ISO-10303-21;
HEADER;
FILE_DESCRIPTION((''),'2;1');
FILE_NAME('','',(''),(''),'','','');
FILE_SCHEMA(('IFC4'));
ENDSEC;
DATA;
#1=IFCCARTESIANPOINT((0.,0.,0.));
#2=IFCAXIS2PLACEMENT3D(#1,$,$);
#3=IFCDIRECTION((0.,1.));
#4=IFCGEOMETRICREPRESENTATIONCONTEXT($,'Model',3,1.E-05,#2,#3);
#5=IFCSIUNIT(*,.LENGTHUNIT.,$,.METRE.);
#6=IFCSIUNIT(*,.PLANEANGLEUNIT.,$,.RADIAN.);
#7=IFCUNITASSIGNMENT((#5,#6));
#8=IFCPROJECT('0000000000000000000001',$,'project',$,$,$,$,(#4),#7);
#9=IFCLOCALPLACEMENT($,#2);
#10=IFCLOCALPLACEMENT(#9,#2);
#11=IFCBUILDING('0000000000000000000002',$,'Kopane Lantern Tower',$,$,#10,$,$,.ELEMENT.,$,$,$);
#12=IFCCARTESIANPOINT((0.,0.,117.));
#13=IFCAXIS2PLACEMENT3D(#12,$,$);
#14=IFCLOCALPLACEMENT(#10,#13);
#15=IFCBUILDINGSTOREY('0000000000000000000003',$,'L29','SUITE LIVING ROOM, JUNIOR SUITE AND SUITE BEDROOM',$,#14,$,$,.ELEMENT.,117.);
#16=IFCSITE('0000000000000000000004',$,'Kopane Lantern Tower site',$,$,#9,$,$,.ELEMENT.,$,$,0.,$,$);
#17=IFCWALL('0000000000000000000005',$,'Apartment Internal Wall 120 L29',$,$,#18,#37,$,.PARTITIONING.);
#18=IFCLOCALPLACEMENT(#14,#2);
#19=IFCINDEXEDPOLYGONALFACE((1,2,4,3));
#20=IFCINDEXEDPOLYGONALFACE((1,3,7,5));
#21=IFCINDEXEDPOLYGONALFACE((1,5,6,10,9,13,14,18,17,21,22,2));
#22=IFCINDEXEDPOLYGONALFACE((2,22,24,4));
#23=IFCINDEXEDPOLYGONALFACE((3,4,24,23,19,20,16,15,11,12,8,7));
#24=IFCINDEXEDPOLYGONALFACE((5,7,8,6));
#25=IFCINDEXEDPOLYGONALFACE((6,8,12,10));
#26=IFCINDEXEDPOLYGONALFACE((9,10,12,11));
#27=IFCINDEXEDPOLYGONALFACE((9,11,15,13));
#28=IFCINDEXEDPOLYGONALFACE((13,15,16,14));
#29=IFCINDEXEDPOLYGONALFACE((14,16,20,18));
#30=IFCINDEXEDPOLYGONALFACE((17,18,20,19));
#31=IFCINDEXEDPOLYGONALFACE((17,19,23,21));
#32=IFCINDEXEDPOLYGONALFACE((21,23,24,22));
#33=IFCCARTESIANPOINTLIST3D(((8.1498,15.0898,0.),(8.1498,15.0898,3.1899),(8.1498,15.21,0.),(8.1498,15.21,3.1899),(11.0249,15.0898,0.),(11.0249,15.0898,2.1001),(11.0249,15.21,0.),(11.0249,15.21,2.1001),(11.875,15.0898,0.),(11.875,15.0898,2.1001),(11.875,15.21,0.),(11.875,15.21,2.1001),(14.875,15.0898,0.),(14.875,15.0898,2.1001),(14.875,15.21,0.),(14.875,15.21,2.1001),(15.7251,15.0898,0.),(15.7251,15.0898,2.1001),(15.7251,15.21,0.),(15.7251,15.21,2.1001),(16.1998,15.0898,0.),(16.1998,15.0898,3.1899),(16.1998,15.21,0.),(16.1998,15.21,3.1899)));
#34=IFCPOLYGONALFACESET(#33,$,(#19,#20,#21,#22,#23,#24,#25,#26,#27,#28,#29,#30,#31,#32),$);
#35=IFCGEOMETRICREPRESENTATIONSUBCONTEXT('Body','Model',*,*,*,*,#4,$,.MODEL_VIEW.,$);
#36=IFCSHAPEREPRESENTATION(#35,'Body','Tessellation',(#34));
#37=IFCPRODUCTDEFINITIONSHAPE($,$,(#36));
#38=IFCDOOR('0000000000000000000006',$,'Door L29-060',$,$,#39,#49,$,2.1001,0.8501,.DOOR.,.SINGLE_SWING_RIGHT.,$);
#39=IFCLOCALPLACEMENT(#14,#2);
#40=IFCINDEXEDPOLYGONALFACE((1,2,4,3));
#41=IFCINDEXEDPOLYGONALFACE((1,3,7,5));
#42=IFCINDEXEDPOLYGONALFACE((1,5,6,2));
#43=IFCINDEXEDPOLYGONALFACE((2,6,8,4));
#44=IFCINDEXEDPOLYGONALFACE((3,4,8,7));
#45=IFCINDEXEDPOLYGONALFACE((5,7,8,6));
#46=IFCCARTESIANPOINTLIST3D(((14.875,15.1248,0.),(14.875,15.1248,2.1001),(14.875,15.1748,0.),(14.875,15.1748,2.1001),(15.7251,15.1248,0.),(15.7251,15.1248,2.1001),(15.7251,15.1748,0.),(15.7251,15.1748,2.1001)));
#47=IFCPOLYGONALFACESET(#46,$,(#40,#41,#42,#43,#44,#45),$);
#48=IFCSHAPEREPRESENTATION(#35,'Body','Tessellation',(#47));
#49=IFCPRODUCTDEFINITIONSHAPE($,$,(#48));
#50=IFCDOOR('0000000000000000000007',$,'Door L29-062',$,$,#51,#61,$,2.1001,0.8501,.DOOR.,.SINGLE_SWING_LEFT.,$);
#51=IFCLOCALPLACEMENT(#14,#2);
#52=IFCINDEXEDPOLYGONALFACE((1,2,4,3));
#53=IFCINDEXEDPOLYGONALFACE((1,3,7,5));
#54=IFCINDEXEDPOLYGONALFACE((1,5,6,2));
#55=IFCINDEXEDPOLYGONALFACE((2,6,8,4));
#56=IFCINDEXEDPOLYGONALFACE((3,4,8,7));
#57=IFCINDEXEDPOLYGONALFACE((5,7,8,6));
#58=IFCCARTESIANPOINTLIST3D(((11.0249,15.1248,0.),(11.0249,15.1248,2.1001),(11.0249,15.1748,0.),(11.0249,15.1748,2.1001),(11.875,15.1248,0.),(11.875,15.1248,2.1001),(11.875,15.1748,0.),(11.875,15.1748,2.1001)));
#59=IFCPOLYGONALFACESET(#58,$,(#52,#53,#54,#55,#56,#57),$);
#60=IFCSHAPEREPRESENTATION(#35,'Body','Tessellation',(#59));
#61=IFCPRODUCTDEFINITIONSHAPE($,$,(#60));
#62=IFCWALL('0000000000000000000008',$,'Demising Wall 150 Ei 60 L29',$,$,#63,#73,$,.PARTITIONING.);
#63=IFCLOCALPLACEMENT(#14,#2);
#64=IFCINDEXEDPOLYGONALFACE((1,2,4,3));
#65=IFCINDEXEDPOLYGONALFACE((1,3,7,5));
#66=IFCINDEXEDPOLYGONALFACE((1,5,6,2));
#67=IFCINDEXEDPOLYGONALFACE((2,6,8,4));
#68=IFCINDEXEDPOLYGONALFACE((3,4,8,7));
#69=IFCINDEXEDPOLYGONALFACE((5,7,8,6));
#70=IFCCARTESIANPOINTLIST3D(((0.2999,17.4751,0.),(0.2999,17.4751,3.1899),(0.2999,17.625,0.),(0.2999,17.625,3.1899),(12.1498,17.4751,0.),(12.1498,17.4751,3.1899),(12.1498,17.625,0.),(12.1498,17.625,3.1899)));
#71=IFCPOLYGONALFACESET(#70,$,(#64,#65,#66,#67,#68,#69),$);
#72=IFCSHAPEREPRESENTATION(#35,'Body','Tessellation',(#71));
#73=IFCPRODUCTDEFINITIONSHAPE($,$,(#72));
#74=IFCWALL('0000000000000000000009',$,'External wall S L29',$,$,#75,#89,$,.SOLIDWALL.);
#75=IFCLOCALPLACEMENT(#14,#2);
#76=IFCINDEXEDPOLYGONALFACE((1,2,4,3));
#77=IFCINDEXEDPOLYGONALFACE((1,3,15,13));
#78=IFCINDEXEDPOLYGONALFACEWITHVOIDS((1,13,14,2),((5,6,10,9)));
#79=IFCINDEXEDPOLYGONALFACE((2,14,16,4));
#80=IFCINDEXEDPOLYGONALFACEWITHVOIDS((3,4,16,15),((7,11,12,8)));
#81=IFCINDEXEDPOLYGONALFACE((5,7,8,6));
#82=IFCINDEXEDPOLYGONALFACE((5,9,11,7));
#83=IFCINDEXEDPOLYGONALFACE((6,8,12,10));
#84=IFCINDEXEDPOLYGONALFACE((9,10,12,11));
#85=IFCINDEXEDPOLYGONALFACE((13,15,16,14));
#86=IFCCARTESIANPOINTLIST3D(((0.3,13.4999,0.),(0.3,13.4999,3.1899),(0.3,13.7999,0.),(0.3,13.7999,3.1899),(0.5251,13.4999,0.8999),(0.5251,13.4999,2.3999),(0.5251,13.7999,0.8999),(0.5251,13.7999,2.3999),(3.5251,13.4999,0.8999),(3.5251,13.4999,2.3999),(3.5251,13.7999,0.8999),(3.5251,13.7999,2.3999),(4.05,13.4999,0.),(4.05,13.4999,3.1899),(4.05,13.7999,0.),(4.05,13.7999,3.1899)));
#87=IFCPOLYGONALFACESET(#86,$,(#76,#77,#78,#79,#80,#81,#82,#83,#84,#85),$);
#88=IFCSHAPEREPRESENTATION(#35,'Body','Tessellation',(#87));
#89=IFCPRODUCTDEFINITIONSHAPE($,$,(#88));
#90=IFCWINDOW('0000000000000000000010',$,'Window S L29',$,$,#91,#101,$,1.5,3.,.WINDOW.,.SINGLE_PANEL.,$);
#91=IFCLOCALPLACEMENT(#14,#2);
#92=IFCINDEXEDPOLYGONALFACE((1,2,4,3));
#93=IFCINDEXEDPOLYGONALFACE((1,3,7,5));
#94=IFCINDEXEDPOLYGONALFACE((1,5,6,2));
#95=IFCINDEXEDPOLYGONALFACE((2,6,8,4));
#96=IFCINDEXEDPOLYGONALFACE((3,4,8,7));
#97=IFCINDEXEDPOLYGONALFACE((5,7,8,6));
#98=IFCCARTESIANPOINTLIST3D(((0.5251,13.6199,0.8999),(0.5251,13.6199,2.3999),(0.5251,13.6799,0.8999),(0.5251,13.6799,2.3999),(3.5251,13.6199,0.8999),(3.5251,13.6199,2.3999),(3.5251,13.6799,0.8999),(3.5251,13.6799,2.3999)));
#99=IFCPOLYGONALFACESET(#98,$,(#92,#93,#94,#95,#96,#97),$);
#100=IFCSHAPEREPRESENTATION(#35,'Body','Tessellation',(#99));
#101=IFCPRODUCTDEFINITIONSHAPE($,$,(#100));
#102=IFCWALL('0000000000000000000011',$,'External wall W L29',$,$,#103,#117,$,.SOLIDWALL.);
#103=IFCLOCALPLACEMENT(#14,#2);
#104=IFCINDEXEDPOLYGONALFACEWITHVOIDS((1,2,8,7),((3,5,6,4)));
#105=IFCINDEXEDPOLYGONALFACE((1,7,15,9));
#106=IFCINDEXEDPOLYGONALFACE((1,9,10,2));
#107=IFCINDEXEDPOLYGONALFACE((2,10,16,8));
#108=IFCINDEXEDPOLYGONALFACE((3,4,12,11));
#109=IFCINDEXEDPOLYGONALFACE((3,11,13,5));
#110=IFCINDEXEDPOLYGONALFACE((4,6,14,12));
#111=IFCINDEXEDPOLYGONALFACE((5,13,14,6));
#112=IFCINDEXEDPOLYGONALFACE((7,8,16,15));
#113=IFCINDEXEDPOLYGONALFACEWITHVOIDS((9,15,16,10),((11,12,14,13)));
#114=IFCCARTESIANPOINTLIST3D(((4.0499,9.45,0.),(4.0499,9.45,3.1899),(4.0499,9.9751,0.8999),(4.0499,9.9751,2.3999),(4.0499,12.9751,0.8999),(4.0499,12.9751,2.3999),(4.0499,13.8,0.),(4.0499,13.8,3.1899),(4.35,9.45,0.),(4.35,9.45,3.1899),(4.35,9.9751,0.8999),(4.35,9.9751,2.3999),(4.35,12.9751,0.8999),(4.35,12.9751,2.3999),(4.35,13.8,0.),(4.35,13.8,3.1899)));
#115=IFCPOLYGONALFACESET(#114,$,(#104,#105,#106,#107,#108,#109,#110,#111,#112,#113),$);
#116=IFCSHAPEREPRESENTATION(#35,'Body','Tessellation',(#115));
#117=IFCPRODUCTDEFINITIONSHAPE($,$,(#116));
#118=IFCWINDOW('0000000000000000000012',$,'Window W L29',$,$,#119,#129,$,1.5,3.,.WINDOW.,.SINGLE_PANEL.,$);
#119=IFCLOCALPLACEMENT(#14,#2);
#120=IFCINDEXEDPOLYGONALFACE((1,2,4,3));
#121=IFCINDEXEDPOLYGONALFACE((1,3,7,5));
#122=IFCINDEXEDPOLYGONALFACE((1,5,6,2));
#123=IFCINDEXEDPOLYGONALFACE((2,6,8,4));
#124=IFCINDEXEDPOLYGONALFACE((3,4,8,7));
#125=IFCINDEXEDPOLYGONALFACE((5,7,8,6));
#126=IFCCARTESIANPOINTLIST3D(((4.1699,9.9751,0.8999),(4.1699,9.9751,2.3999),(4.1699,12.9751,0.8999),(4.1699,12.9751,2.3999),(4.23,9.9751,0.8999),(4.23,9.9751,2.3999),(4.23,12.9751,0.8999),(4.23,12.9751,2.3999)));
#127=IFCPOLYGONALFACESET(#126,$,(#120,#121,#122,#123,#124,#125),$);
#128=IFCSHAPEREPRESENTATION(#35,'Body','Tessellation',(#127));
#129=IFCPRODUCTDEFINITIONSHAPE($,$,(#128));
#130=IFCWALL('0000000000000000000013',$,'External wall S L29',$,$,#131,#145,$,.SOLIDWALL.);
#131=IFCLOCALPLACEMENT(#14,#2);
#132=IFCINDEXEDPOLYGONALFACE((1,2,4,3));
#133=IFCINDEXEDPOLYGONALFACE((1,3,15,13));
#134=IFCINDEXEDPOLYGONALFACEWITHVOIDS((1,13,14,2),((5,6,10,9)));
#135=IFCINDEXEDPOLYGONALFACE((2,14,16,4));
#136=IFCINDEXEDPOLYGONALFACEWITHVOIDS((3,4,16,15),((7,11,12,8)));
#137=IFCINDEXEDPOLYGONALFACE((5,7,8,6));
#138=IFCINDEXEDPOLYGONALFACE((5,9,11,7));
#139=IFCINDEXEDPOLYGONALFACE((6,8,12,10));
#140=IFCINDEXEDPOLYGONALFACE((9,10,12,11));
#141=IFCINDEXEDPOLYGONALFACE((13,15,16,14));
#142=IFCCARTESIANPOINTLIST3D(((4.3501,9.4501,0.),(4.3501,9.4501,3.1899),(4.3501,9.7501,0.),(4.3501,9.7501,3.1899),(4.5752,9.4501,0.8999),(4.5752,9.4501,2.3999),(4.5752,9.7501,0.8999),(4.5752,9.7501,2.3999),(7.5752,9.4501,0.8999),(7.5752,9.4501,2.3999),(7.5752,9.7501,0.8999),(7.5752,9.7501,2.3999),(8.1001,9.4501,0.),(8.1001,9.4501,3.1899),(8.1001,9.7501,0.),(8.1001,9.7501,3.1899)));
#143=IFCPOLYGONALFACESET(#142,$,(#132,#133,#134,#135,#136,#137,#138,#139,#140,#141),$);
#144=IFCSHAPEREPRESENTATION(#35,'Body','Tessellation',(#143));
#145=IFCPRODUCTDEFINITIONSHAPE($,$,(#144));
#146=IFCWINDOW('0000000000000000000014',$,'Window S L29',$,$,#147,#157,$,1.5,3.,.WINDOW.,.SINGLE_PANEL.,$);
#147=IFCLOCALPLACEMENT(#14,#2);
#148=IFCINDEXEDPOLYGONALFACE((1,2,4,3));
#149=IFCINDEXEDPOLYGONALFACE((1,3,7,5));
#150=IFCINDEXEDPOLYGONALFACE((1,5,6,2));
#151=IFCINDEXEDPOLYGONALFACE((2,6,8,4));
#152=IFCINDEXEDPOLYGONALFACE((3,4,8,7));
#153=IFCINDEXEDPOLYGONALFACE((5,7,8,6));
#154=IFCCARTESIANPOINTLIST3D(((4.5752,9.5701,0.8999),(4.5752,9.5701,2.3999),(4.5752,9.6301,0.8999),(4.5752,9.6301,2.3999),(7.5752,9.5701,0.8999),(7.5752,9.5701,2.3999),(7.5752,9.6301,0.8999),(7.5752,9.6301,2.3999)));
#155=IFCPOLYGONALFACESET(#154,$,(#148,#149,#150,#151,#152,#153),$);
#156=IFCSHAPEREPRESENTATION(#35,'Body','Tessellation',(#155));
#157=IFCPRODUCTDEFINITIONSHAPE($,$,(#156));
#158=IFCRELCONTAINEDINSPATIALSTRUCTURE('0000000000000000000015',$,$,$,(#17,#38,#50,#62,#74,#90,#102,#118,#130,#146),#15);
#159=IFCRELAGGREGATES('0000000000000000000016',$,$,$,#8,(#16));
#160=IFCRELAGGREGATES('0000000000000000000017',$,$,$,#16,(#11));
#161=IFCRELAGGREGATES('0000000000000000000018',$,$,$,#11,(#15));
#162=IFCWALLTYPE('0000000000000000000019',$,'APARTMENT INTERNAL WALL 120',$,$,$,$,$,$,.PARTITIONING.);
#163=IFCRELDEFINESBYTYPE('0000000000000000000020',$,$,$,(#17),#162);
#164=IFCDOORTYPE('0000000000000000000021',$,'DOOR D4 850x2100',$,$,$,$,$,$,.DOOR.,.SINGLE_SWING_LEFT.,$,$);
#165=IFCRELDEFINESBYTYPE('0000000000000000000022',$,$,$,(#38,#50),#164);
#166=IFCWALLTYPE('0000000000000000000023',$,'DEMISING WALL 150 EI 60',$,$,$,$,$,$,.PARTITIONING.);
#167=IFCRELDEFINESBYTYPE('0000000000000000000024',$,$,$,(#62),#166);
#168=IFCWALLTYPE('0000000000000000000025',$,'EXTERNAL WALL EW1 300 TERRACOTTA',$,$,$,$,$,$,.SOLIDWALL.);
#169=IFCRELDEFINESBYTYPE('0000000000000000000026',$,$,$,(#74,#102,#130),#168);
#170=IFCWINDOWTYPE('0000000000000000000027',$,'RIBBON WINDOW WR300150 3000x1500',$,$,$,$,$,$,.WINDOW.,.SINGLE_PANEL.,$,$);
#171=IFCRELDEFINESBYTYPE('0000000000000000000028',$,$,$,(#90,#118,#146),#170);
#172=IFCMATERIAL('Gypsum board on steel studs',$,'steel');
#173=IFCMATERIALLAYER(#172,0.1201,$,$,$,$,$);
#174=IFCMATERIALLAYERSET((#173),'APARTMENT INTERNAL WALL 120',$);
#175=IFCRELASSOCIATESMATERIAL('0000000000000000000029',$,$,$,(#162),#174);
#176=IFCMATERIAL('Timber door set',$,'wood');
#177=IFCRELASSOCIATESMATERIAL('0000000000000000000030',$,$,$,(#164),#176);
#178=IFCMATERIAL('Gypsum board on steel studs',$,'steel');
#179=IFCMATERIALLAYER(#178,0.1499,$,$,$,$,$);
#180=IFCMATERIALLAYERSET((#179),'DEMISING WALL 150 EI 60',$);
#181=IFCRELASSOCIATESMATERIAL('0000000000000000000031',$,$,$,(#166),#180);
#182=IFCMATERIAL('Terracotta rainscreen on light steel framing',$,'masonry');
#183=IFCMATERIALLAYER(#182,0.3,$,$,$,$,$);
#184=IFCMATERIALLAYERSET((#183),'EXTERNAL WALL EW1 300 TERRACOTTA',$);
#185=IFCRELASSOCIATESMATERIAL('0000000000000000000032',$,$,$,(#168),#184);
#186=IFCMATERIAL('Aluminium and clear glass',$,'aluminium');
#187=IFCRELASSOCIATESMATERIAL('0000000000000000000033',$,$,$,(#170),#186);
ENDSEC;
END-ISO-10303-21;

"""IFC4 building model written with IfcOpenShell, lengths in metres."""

from ifc_helpers import new_model, si_unit, direction, frame, frame_2d, origin, place, context, subcontext, project, spatial, rectangle, extrude, material, layer, layer_set, type_object, element, fill, save


model = new_model("IFC4")

# Units and contexts
model_context = context("Model", 3, precision=1e-05, world=origin(), true_north=direction((0.0, 1.0)))
body_context = subcontext(model_context, "Body", "Model", "MODEL_VIEW")
ifc_project = project(units=[si_unit("LENGTHUNIT", "METRE"), si_unit("PLANEANGLEUNIT", "RADIAN")], contexts=[model_context])

# Site, building, storey
site_placement = place(None, origin())
site = spatial("IfcSite", under=ifc_project, at=site_placement, Name="Kopane Lantern Tower site", CompositionType="ELEMENT", RefElevation=0.0)
building_placement = place(site_placement, origin())
building = spatial("IfcBuilding", under=site, at=building_placement, Name="Kopane Lantern Tower", CompositionType="ELEMENT")
storey_placement = place(building_placement, frame((0.0, 0.0, 117.0)))
storey = spatial("IfcBuildingStorey", under=building, at=storey_placement, Name="L29", Description="SUITE LIVING ROOM, JUNIOR SUITE AND SUITE BEDROOM", CompositionType="ELEMENT", Elevation=117.0)

# Wall, openings, doors
ifc_material_1 = material(Name="Gypsum board on steel studs", Category="steel")
ifc_layer_1 = layer(ifc_material_1, 0.1201)
ifc_layer_set_1 = layer_set([ifc_layer_1], Name="APARTMENT INTERNAL WALL 120")
wall_type_1 = type_object("IfcWallType", Name="APARTMENT INTERNAL WALL 120", PredefinedType="PARTITIONING", material=ifc_layer_set_1)
wall_1_placement = place(storey_placement, frame((8.1499, 15.1499, 0.0), z_axis=(0.0, 0.0, 1.0), x_axis=(1.0, 0.0, 0.0)))
wall_1 = element("IfcWall", 1, at=wall_1_placement, inside=storey, type_object=wall_type_1, Name="Apartment Internal Wall 120 L29", PredefinedType="PARTITIONING", context=body_context, shape_type="SweptSolid", body=[
    extrude(rectangle(XDim=8.05, YDim=0.1201, at=frame_2d((4.0249, 0.0))), origin(), (0.0, 0.0, 1.0), 3.1899),
])
opening_1_placement = place(wall_1_placement, frame((6.7251, 0.0, 0.0)))
opening_1 = element("IfcOpeningElement", 2, at=opening_1_placement, cuts=wall_1, PredefinedType="OPENING", context=body_context, shape_type="SweptSolid", body=[
    extrude(rectangle(XDim=0.8501, YDim=2.1001, at=frame_2d((0.425, 1.05))), frame((0.0, 0.0701, 0.0), z_axis=(0.0, -1.0, 0.0), x_axis=(1.0, 0.0, 0.0)), (0.0, 0.0, 1.0), 0.1401),
])
opening_2_placement = place(wall_1_placement, frame((2.875, 0.0, 0.0)))
opening_2 = element("IfcOpeningElement", 3, at=opening_2_placement, cuts=wall_1, PredefinedType="OPENING", context=body_context, shape_type="SweptSolid", body=[
    extrude(rectangle(XDim=0.8501, YDim=2.1001, at=frame_2d((0.425, 1.05))), frame((0.0, 0.0701, 0.0), z_axis=(0.0, -1.0, 0.0), x_axis=(1.0, 0.0, 0.0)), (0.0, 0.0, 1.0), 0.1401),
])
ifc_material_2 = material(Name="Timber door set", Category="wood")
door_type = type_object("IfcDoorType", Name="DOOR D4 850x2100", OperationType="SINGLE_SWING_LEFT", PredefinedType="DOOR", material=ifc_material_2)
door_1_placement = place(opening_1_placement, origin())
door_1 = element("IfcDoor", 4, at=door_1_placement, inside=storey, type_object=door_type, Name="Door L29-060", OperationType="SINGLE_SWING_RIGHT", OverallHeight=2.1001, OverallWidth=0.8501, PredefinedType="DOOR", context=body_context, shape_type="SweptSolid", body=[
    extrude(rectangle(XDim=0.8501, YDim=2.1001, at=frame_2d((0.425, 1.05))), frame((0.0, 0.0249, 0.0), z_axis=(0.0, -1.0, 0.0), x_axis=(1.0, 0.0, 0.0)), (0.0, 0.0, 1.0), 0.05),
])
fill(opening_1, door_1)
door_2_placement = place(opening_2_placement, origin())
door_2 = element("IfcDoor", 5, at=door_2_placement, inside=storey, type_object=door_type, Name="Door L29-062", OperationType="SINGLE_SWING_LEFT", OverallHeight=2.1001, OverallWidth=0.8501, PredefinedType="DOOR", context=body_context, shape_type="SweptSolid", body=[
    extrude(rectangle(XDim=0.8501, YDim=2.1001, at=frame_2d((0.425, 1.05))), frame((0.0, 0.0249, 0.0), z_axis=(0.0, -1.0, 0.0), x_axis=(1.0, 0.0, 0.0)), (0.0, 0.0, 1.0), 0.05),
])
fill(opening_2, door_2)

# Wall
ifc_material_3 = material(Name="Gypsum board on steel studs", Category="steel")
ifc_layer_2 = layer(ifc_material_3, 0.1499)
ifc_layer_set_2 = layer_set([ifc_layer_2], Name="DEMISING WALL 150 EI 60")
wall_type_2 = type_object("IfcWallType", Name="DEMISING WALL 150 EI 60", PredefinedType="PARTITIONING", material=ifc_layer_set_2)
wall_2_placement = place(storey_placement, frame((0.3, 17.55, 0.0), z_axis=(0.0, 0.0, 1.0), x_axis=(1.0, 0.0, 0.0)))
element("IfcWall", 6, at=wall_2_placement, inside=storey, type_object=wall_type_2, Name="Demising Wall 150 Ei 60 L29", PredefinedType="PARTITIONING", context=body_context, shape_type="SweptSolid", body=[
    extrude(rectangle(XDim=11.8499, YDim=0.1499, at=frame_2d((5.9248, 0.0))), origin(), (0.0, 0.0, 1.0), 3.1899),
])

# Walls, openings, windows
ifc_material_4 = material(Name="Terracotta rainscreen on light steel framing", Category="masonry")
ifc_layer_3 = layer(ifc_material_4, 0.3)
ifc_layer_set_3 = layer_set([ifc_layer_3], Name="EXTERNAL WALL EW1 300 TERRACOTTA")
wall_type_3 = type_object("IfcWallType", Name="EXTERNAL WALL EW1 300 TERRACOTTA", PredefinedType="SOLIDWALL", material=ifc_layer_set_3)
wall_3_placement = place(storey_placement, frame((0.3, 13.6499, 0.0), z_axis=(0.0, 0.0, 1.0), x_axis=(1.0, 0.0, 0.0)))
wall_3 = element("IfcWall", 7, at=wall_3_placement, inside=storey, type_object=wall_type_3, Name="External wall S L29", PredefinedType="SOLIDWALL", context=body_context, shape_type="SweptSolid", body=[
    extrude(rectangle(XDim=3.75, YDim=0.3, at=frame_2d((1.875, 0.0))), origin(), (0.0, 0.0, 1.0), 3.1899),
])
opening_3_placement = place(wall_3_placement, frame((0.2251, 0.0, 0.8999)))
opening_3 = element("IfcOpeningElement", 8, at=opening_3_placement, cuts=wall_3, PredefinedType="OPENING", context=body_context, shape_type="SweptSolid", body=[
    extrude(rectangle(XDim=3.0, YDim=1.5, at=frame_2d((1.5, 0.75))), frame((0.0, 0.1599, 0.0), z_axis=(0.0, -1.0, 0.0), x_axis=(1.0, 0.0, 0.0)), (0.0, 0.0, 1.0), 0.3201),
])
ifc_material_5 = material(Name="Aluminium and clear glass", Category="aluminium")
window_type = type_object("IfcWindowType", Name="RIBBON WINDOW WR300150 3000x1500", PartitioningType="SINGLE_PANEL", PredefinedType="WINDOW", material=ifc_material_5)
window_1_placement = place(opening_3_placement, origin())
window_1 = element("IfcWindow", 9, at=window_1_placement, inside=storey, type_object=window_type, Name="Window S L29", OverallHeight=1.5, OverallWidth=3.0, PartitioningType="SINGLE_PANEL", PredefinedType="WINDOW", context=body_context, shape_type="SweptSolid", body=[
    extrude(rectangle(XDim=3.0, YDim=1.5, at=frame_2d((1.5, 0.75))), frame((0.0, 0.03, 0.0), z_axis=(0.0, -1.0, 0.0), x_axis=(1.0, 0.0, 0.0)), (0.0, 0.0, 1.0), 0.0601),
])
fill(opening_3, window_1)
wall_4_placement = place(storey_placement, frame((4.2, 13.8, 0.0), z_axis=(0.0, 0.0, 1.0), x_axis=(0.0, -1.0, 0.0)))
wall_4 = element("IfcWall", 10, at=wall_4_placement, inside=storey, type_object=wall_type_3, Name="External wall W L29", PredefinedType="SOLIDWALL", context=body_context, shape_type="SweptSolid", body=[
    extrude(rectangle(XDim=4.3501, YDim=0.3, at=frame_2d((2.175, 0.0))), origin(), (0.0, 0.0, 1.0), 3.1899),
])
opening_4_placement = place(wall_4_placement, frame((0.825, 0.0, 0.8999)))
opening_4 = element("IfcOpeningElement", 11, at=opening_4_placement, cuts=wall_4, PredefinedType="OPENING", context=body_context, shape_type="SweptSolid", body=[
    extrude(rectangle(XDim=3.0, YDim=1.5, at=frame_2d((1.5, 0.75))), frame((0.0, 0.1599, 0.0), z_axis=(0.0, -1.0, 0.0), x_axis=(1.0, 0.0, 0.0)), (0.0, 0.0, 1.0), 0.3201),
])
window_2_placement = place(opening_4_placement, origin())
window_2 = element("IfcWindow", 12, at=window_2_placement, inside=storey, type_object=window_type, Name="Window W L29", OverallHeight=1.5, OverallWidth=3.0, PartitioningType="SINGLE_PANEL", PredefinedType="WINDOW", context=body_context, shape_type="SweptSolid", body=[
    extrude(rectangle(XDim=3.0, YDim=1.5, at=frame_2d((1.5, 0.75))), frame((0.0, 0.03, 0.0), z_axis=(0.0, -1.0, 0.0), x_axis=(1.0, 0.0, 0.0)), (0.0, 0.0, 1.0), 0.0601),
])
fill(opening_4, window_2)
wall_5_placement = place(storey_placement, frame((4.3501, 9.6001, 0.0), z_axis=(0.0, 0.0, 1.0), x_axis=(1.0, 0.0, 0.0)))
wall_5 = element("IfcWall", 13, at=wall_5_placement, inside=storey, type_object=wall_type_3, Name="External wall S L29", PredefinedType="SOLIDWALL", context=body_context, shape_type="SweptSolid", body=[
    extrude(rectangle(XDim=3.75, YDim=0.3, at=frame_2d((1.875, 0.0))), origin(), (0.0, 0.0, 1.0), 3.1899),
])
opening_5_placement = place(wall_5_placement, frame((0.2251, 0.0, 0.8999)))
opening_5 = element("IfcOpeningElement", 14, at=opening_5_placement, cuts=wall_5, PredefinedType="OPENING", context=body_context, shape_type="SweptSolid", body=[
    extrude(rectangle(XDim=3.0, YDim=1.5, at=frame_2d((1.5, 0.75))), frame((0.0, 0.1599, 0.0), z_axis=(0.0, -1.0, 0.0), x_axis=(1.0, 0.0, 0.0)), (0.0, 0.0, 1.0), 0.3201),
])
window_3_placement = place(opening_5_placement, origin())
window_3 = element("IfcWindow", 15, at=window_3_placement, inside=storey, type_object=window_type, Name="Window S L29", OverallHeight=1.5, OverallWidth=3.0, PartitioningType="SINGLE_PANEL", PredefinedType="WINDOW", context=body_context, shape_type="SweptSolid", body=[
    extrude(rectangle(XDim=3.0, YDim=1.5, at=frame_2d((1.5, 0.75))), frame((0.0, 0.03, 0.0), z_axis=(0.0, -1.0, 0.0), x_axis=(1.0, 0.0, 0.0)), (0.0, 0.0, 1.0), 0.0601),
])
fill(opening_5, window_3)

save(model, "model.ifc")
